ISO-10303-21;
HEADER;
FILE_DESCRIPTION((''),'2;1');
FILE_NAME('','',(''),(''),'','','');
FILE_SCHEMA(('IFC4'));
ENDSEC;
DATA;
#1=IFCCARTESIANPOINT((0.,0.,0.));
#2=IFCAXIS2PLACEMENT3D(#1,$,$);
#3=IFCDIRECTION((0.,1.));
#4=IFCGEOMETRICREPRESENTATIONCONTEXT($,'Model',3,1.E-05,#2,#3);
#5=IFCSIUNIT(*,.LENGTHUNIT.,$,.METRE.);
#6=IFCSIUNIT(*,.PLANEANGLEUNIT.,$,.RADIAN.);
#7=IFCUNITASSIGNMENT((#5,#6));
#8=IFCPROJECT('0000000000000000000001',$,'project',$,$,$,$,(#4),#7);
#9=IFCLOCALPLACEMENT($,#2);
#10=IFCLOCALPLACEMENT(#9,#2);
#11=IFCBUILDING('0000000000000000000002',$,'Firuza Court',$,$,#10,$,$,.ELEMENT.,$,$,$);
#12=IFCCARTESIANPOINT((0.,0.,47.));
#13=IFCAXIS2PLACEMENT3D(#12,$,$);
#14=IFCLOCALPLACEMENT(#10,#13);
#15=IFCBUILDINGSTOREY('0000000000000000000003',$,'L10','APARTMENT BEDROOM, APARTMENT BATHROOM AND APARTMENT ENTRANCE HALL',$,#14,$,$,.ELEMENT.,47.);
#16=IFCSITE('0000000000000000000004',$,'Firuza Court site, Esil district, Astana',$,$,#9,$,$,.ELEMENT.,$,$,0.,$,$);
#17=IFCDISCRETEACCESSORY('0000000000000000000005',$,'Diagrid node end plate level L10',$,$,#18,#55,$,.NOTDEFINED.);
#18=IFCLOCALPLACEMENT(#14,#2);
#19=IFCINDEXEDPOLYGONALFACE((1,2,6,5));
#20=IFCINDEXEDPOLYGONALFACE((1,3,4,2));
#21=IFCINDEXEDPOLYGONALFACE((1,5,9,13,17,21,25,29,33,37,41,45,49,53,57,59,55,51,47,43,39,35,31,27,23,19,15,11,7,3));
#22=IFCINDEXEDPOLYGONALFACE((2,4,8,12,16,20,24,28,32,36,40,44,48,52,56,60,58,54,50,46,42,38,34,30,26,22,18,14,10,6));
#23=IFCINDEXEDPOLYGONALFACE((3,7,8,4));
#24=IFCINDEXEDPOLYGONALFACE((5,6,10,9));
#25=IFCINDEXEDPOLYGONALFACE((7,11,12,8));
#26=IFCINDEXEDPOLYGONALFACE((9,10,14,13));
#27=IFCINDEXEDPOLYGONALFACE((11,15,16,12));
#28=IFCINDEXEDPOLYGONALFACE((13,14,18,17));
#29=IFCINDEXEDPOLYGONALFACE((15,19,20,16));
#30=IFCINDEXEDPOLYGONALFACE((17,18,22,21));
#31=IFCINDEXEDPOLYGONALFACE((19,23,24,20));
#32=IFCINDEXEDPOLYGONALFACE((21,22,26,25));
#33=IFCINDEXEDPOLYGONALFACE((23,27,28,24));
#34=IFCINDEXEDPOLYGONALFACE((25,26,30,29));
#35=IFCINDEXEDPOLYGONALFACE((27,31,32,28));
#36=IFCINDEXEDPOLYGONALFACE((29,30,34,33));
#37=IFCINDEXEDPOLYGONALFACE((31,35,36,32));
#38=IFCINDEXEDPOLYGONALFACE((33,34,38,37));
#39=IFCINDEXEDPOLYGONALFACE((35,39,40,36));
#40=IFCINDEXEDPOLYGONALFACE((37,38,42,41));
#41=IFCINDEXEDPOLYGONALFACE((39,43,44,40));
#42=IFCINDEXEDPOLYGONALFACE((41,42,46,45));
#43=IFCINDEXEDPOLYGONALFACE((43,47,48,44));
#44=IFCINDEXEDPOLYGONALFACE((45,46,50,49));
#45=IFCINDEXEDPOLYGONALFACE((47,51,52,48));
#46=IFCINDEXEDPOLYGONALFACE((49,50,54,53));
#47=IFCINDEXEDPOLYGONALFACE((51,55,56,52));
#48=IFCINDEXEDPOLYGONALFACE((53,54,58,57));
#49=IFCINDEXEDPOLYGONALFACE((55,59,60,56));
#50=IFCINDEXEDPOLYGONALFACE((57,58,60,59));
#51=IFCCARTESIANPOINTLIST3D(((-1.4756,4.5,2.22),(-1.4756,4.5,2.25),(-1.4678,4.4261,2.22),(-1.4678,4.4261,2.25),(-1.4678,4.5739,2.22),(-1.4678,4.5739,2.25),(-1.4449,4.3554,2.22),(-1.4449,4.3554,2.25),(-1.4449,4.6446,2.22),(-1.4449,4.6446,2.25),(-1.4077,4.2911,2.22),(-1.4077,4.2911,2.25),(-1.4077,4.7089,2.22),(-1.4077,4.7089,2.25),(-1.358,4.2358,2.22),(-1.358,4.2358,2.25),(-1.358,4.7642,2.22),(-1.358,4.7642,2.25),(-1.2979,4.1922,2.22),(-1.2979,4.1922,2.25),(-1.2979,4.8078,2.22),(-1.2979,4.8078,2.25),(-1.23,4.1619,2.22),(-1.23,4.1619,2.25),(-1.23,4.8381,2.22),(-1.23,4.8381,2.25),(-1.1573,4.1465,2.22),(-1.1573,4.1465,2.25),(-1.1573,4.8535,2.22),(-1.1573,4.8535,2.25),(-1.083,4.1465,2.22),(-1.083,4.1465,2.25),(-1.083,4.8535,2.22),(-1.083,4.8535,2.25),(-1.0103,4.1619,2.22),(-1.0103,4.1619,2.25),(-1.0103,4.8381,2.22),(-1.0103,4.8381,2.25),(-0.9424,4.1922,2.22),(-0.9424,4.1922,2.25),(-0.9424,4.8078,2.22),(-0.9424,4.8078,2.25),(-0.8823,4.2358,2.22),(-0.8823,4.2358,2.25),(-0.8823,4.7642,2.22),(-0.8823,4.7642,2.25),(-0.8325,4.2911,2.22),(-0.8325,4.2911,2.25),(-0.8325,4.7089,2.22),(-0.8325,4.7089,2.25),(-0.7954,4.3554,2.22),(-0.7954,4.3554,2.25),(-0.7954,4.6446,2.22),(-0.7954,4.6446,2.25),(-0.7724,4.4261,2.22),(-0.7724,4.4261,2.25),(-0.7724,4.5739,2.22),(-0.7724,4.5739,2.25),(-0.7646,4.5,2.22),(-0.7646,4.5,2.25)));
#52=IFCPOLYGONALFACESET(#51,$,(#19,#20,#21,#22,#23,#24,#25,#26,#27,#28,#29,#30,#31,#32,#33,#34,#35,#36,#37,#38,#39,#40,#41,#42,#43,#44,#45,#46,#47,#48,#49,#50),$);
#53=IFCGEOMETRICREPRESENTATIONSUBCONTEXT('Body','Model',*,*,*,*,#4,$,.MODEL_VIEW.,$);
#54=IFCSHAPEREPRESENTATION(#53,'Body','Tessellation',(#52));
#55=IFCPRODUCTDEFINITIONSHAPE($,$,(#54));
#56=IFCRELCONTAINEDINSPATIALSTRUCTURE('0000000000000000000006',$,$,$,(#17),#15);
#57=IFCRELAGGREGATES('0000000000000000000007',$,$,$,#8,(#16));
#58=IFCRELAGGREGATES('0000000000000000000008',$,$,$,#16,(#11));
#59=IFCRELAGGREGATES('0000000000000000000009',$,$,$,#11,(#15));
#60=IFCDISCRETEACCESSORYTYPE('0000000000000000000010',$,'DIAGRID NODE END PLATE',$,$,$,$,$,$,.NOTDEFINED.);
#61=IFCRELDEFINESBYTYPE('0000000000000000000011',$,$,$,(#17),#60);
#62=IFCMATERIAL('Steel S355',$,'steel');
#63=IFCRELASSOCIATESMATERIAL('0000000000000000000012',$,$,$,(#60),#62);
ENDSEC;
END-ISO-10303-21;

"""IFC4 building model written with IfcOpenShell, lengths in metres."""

from ifc_helpers import new_model, si_unit, direction, frame, origin, origin_2d, place, context, subcontext, project, spatial, circle, extrude, material, material_profile, profile_set, type_object, element, save


model = new_model("IFC4")

# Units and contexts
model_context = context("Model", 3, precision=1e-05, world=origin(), true_north=direction((0.0, 1.0)))
body_context = subcontext(model_context, "Body", "Model", "MODEL_VIEW")
ifc_project = project(units=[si_unit("LENGTHUNIT", "METRE"), si_unit("PLANEANGLEUNIT", "RADIAN")], contexts=[model_context])

# Site, building, storey
site_placement = place(None, origin())
site = spatial("IfcSite", under=ifc_project, at=site_placement, Name="Firuza Court site, Esil district, Astana", CompositionType="ELEMENT", RefElevation=0.0)
building_placement = place(site_placement, origin())
building = spatial("IfcBuilding", under=site, at=building_placement, Name="Firuza Court", CompositionType="ELEMENT")
storey_placement = place(building_placement, frame((0.0, 0.0, 47.0)))
storey = spatial("IfcBuildingStorey", under=building, at=storey_placement, Name="L10", Description="APARTMENT BEDROOM, APARTMENT BATHROOM AND APARTMENT ENTRANCE HALL", CompositionType="ELEMENT", Elevation=47.0)

# Discrete accessory
ifc_material_1 = material(Name="Steel S355", Category="steel")
ifc_material_profile_1 = material_profile(ifc_material_1, circle(Radius=0.3555, at=origin_2d()), Name="PL D711")
ifc_profile_set_1 = profile_set([ifc_material_profile_1], Name="Steel S355")
discrete_accessory_type = type_object("IfcDiscreteAccessoryType", Name="DIAGRID NODE END PLATE", PredefinedType="NOTDEFINED", material=ifc_profile_set_1)
discrete_accessory_1_placement = place(storey_placement, frame((-1.1201, 4.5, 2.22), z_axis=(0.0, 0.0, 1.0), x_axis=(1.0, 0.0, 0.0)))
element("IfcDiscreteAccessory", 1, at=discrete_accessory_1_placement, inside=storey, type_object=discrete_accessory_type, Name="Diagrid node end plate level L10", PredefinedType="NOTDEFINED", context=body_context, shape_type="SweptSolid", body=[
    extrude(circle(Radius=0.3555, at=origin_2d()), origin(), (0.0, 0.0, 1.0), 0.03),
])

save(model, "model.ifc")
